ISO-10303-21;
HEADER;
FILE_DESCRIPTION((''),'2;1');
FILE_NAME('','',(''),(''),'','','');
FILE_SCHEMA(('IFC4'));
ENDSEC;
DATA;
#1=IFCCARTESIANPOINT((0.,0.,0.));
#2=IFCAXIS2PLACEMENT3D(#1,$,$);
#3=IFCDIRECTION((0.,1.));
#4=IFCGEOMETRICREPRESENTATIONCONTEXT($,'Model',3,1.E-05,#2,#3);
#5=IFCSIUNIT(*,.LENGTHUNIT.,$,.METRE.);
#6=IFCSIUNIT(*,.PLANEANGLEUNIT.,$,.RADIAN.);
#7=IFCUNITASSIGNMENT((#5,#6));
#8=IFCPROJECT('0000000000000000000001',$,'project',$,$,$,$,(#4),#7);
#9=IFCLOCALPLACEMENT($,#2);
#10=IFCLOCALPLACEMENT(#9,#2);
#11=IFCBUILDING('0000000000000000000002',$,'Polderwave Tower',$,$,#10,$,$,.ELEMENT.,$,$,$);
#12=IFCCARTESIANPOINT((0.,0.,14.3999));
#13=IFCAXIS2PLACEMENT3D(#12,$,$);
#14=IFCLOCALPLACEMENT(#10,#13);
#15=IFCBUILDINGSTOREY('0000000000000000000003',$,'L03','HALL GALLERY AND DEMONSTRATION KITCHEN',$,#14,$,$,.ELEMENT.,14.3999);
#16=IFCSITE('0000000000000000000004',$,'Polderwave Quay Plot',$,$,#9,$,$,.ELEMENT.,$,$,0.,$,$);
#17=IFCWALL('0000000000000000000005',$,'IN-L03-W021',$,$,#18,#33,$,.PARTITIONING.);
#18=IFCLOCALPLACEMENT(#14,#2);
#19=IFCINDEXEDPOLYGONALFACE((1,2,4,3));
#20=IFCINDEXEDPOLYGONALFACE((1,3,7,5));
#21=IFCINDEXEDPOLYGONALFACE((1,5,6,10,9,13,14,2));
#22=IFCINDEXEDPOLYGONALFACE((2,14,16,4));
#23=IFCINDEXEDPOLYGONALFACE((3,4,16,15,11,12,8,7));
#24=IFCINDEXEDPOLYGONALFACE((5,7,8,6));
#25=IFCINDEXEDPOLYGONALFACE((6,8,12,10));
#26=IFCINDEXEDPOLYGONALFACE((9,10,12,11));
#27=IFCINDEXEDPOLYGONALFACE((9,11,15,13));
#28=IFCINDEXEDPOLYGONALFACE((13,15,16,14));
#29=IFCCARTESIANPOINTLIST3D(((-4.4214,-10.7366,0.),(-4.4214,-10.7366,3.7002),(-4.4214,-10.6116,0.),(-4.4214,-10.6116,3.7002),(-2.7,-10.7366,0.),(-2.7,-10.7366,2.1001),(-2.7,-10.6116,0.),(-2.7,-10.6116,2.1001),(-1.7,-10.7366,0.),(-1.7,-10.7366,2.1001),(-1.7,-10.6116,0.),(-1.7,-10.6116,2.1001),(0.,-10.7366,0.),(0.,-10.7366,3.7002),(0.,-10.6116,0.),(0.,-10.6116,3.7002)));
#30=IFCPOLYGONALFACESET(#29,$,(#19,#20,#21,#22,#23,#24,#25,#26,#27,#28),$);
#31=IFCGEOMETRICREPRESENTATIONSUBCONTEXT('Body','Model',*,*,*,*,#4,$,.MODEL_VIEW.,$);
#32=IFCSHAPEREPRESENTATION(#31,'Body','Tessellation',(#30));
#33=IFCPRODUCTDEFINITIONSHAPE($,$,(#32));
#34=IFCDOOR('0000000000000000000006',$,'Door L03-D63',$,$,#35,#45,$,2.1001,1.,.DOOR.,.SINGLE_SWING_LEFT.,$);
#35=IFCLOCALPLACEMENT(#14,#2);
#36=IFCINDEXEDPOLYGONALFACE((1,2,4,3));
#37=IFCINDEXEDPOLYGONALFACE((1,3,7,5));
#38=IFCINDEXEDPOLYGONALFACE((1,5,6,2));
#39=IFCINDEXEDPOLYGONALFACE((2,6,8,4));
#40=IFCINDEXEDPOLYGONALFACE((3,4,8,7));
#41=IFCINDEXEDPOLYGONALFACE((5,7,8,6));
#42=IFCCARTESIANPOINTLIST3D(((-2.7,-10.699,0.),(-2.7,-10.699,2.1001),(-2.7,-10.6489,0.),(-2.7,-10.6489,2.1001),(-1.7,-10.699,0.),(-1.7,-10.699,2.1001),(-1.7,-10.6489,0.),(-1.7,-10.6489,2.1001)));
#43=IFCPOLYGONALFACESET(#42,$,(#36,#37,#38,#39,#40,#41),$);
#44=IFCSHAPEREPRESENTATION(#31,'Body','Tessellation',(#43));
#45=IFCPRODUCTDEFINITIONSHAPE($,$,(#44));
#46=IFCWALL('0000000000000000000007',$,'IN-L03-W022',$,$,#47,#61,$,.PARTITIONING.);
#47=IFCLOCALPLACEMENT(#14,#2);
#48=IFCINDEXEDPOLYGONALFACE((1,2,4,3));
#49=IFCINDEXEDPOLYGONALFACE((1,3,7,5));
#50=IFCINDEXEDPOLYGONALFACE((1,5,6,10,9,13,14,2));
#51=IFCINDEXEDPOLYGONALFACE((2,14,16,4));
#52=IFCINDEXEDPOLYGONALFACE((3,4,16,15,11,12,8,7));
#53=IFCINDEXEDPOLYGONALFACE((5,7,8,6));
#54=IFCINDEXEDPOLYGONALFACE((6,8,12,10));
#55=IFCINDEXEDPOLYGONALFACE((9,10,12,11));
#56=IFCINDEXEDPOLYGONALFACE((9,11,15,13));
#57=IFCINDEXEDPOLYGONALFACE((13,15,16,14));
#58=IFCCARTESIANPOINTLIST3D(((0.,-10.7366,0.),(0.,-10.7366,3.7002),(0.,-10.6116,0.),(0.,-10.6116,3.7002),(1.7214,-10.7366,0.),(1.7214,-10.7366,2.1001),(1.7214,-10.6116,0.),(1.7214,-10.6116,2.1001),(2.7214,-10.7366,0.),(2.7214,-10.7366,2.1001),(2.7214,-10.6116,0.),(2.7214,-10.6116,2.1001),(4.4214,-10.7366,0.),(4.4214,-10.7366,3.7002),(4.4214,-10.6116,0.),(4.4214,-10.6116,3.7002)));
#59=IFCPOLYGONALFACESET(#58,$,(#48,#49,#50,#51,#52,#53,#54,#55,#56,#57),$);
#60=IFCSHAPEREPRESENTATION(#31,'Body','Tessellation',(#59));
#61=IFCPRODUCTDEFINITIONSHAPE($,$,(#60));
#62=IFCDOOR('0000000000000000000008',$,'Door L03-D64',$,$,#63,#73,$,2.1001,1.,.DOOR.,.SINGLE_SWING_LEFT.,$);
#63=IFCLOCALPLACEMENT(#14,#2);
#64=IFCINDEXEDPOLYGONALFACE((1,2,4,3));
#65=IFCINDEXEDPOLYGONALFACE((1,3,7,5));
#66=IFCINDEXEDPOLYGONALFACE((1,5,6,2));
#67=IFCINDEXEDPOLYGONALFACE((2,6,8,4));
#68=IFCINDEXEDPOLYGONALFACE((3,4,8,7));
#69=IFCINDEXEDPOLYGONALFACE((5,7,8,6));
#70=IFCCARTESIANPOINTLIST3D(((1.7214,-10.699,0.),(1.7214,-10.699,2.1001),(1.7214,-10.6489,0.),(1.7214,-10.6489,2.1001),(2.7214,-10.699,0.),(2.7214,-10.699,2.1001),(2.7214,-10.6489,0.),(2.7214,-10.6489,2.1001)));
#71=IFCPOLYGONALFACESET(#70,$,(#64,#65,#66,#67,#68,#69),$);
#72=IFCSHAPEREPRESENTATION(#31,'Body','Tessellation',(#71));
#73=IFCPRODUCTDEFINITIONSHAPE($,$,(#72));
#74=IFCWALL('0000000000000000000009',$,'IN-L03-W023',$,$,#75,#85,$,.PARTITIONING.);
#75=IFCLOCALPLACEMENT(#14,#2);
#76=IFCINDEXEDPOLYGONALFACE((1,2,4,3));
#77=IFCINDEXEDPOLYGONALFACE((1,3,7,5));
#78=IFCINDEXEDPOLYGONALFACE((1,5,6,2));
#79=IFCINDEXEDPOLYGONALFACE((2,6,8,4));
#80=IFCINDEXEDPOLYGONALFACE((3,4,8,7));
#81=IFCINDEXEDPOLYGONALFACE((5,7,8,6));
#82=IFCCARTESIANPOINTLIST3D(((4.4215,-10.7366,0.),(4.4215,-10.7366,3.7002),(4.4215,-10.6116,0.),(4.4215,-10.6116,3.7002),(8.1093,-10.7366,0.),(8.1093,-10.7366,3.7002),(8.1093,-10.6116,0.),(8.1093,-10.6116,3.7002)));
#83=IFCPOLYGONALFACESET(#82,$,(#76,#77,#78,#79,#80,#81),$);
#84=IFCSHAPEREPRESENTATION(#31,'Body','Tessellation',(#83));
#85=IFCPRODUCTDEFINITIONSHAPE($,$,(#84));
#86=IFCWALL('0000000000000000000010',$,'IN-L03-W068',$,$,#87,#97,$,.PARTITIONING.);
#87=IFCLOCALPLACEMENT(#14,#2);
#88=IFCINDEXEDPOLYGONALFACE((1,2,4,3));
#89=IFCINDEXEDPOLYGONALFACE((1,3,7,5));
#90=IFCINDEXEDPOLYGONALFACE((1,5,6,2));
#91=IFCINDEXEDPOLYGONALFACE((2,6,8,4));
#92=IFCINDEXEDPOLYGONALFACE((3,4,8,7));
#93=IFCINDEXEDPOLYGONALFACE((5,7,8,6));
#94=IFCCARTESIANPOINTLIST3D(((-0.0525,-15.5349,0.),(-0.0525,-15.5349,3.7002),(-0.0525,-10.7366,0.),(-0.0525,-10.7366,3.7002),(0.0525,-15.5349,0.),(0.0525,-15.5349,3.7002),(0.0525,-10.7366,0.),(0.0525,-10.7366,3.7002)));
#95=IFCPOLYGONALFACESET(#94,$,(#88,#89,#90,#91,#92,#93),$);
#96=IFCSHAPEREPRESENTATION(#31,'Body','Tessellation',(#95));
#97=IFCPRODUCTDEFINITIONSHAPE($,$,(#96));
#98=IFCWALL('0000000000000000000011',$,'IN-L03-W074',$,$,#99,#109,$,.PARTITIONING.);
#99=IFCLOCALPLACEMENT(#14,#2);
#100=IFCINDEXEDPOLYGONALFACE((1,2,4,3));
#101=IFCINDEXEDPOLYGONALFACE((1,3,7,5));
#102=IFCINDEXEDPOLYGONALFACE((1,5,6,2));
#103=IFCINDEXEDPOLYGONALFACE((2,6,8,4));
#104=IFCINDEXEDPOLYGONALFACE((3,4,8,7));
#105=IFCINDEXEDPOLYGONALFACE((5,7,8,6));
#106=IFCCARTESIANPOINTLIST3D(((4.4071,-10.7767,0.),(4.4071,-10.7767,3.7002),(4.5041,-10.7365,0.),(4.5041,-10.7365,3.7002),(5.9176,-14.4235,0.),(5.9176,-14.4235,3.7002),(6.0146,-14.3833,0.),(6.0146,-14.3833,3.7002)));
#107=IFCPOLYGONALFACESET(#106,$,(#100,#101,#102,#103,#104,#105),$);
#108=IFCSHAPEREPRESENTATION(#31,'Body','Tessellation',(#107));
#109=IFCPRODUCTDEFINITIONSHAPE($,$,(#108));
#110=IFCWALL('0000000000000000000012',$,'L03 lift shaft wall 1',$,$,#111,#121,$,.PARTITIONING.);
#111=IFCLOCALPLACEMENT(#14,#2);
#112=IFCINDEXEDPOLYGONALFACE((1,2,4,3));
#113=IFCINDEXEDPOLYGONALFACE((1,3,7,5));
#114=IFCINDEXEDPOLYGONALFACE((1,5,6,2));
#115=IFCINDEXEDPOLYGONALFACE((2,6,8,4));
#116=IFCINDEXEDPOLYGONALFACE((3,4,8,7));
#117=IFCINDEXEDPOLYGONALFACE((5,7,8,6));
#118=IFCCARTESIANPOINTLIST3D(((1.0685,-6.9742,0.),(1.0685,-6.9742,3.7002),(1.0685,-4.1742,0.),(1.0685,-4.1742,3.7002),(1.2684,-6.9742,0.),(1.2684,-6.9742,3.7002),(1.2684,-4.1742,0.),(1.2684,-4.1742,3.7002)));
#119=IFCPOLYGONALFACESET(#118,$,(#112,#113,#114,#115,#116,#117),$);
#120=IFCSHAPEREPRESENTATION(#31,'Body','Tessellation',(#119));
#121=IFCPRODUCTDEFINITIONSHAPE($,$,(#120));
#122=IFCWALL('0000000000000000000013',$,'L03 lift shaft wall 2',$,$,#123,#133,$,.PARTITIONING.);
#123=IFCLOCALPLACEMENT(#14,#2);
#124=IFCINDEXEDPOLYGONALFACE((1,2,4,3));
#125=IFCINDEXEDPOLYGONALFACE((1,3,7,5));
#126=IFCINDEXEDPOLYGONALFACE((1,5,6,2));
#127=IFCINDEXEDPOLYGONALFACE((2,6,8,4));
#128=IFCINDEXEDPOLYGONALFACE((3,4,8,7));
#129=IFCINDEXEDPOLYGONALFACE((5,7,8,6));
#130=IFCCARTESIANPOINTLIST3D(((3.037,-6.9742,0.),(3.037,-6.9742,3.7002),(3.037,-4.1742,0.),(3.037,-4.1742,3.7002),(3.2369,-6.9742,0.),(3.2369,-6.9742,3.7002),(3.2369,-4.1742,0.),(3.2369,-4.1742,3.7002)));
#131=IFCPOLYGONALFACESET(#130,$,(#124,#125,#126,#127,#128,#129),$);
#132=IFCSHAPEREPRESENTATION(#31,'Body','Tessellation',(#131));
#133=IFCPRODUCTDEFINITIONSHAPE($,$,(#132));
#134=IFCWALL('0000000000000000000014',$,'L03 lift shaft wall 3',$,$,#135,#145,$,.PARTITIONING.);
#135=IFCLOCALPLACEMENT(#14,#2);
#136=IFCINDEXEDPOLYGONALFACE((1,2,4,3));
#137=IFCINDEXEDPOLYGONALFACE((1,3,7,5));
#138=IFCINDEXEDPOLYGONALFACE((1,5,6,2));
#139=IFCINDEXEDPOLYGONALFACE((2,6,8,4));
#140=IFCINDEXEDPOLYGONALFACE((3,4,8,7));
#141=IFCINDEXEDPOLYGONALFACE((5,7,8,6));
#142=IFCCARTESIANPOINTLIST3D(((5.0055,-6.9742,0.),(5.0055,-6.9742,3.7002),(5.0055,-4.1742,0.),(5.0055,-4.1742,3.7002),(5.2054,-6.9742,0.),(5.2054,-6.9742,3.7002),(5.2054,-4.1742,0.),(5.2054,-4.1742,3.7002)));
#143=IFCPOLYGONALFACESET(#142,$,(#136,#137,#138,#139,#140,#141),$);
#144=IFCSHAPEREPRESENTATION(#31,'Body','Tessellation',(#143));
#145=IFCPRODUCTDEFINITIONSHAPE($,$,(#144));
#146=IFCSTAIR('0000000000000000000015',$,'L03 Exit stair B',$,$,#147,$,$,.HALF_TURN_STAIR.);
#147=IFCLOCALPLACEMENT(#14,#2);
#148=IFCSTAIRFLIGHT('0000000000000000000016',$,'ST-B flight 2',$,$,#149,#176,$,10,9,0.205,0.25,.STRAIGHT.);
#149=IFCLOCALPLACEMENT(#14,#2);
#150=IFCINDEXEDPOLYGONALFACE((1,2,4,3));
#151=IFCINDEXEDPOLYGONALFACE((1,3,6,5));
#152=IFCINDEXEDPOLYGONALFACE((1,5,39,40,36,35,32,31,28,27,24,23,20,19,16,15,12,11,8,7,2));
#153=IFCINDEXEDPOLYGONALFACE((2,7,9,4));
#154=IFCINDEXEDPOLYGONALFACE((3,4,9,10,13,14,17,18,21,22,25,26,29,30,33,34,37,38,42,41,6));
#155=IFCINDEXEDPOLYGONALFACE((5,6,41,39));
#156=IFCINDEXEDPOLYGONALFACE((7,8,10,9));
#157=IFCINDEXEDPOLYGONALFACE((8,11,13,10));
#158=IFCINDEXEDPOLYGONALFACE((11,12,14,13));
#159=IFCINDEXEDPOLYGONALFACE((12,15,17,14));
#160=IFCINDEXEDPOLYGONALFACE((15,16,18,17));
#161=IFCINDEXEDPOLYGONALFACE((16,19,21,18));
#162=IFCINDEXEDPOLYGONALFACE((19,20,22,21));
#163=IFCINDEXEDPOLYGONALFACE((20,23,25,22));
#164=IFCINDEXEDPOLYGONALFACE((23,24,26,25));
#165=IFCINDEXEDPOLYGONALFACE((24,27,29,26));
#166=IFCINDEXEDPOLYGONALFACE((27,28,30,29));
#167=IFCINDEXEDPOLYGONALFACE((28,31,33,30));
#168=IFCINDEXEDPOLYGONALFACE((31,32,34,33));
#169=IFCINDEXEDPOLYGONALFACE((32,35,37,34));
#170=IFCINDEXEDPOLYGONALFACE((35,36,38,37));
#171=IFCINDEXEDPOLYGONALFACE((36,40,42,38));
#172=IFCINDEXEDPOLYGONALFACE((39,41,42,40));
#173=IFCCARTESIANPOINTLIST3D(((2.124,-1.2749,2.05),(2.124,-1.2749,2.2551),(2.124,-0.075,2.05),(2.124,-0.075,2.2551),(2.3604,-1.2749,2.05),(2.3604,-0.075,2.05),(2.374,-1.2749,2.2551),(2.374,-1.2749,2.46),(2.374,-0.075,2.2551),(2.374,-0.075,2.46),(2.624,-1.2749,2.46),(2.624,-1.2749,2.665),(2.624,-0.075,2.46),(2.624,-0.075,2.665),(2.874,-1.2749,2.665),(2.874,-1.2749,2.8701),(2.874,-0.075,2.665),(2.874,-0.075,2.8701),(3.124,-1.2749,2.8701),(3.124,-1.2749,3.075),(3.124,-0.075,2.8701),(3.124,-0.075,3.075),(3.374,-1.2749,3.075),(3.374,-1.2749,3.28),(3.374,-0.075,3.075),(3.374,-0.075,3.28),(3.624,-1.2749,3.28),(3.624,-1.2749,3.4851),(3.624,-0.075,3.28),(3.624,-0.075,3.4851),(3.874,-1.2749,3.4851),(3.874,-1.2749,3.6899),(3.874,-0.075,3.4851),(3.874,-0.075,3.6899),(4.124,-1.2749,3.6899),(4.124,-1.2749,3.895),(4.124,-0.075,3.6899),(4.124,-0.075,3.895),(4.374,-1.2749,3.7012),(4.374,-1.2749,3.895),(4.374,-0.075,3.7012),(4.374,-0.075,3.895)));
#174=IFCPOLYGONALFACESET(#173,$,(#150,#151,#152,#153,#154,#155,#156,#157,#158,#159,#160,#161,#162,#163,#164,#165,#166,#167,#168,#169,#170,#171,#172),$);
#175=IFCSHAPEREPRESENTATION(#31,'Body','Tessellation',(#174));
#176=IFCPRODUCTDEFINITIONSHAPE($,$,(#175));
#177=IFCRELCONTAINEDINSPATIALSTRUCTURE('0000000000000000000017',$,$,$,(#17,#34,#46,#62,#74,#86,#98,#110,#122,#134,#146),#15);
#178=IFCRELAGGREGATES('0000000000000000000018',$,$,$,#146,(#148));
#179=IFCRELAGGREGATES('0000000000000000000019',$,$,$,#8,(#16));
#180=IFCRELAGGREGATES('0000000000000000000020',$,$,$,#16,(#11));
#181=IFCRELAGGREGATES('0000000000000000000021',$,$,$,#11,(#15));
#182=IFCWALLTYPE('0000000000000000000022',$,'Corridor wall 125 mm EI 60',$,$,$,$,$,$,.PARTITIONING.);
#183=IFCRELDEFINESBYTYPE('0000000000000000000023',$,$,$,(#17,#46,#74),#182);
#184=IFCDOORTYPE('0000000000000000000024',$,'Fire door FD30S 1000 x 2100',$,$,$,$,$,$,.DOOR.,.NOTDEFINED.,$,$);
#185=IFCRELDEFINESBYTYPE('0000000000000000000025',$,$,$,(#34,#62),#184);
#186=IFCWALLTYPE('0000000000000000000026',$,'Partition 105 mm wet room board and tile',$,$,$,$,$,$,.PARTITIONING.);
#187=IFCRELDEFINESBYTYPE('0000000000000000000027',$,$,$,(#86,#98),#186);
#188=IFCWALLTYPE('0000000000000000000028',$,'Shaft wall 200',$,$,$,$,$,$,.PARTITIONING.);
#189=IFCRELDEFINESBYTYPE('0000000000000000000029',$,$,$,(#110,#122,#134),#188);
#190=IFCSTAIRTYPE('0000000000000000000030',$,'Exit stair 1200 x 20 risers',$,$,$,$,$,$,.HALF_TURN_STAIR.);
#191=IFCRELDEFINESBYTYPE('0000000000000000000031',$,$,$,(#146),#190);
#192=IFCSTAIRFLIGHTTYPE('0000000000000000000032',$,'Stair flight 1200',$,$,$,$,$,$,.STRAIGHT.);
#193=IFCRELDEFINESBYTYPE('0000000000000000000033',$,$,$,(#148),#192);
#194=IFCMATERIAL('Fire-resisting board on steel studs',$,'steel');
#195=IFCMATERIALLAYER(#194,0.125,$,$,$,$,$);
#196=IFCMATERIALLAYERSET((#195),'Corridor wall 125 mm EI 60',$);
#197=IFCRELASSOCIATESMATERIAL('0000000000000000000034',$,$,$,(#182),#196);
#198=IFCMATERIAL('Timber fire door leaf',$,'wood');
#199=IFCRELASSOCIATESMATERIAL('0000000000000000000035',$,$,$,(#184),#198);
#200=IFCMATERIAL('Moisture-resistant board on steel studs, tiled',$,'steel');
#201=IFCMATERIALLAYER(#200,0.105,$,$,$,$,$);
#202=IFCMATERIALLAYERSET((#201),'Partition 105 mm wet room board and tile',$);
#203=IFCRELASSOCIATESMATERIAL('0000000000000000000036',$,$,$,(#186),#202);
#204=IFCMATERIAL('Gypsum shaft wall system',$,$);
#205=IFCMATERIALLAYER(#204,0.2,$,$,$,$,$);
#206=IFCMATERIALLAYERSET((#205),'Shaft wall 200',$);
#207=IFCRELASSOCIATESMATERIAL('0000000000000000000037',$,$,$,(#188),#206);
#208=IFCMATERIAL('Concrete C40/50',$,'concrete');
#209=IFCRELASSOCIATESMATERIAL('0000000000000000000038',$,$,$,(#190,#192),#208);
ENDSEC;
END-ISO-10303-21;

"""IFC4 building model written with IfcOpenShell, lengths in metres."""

from ifc_helpers import new_model, si_unit, direction, frame, frame_2d, origin, place, context, subcontext, project, spatial, polyline, rectangle, outline, extrude, material, layer, layer_set, type_object, element, fill, aggregate, save


model = new_model("IFC4")

# Units and contexts
model_context = context("Model", 3, precision=1e-05, world=origin(), true_north=direction((0.0, 1.0)))
body_context = subcontext(model_context, "Body", "Model", "MODEL_VIEW")
ifc_project = project(units=[si_unit("LENGTHUNIT", "METRE"), si_unit("PLANEANGLEUNIT", "RADIAN")], contexts=[model_context])

# Site, building, storey
site_placement = place(None, origin())
site = spatial("IfcSite", under=ifc_project, at=site_placement, Name="Polderwave Quay Plot", CompositionType="ELEMENT", RefElevation=0.0)
building_placement = place(site_placement, origin())
building = spatial("IfcBuilding", under=site, at=building_placement, Name="Polderwave Tower", CompositionType="ELEMENT")
storey_placement = place(building_placement, frame((0.0, 0.0, 14.3999)))
storey = spatial("IfcBuildingStorey", under=building, at=storey_placement, Name="L03", Description="HALL GALLERY AND DEMONSTRATION KITCHEN", CompositionType="ELEMENT", Elevation=14.3999)

# Walls, openings, doors
ifc_material_1 = material(Name="Fire-resisting board on steel studs", Category="steel")
ifc_layer_1 = layer(ifc_material_1, 0.125)
ifc_layer_set_1 = layer_set([ifc_layer_1], Name="Corridor wall 125 mm EI 60")
wall_type_1 = type_object("IfcWallType", Name="Corridor wall 125 mm EI 60", PredefinedType="PARTITIONING", material=ifc_layer_set_1)
wall_1_placement = place(storey_placement, frame((0.0, -10.6741, 0.0), z_axis=(0.0, 0.0, 1.0), x_axis=(-1.0, 0.0, 0.0)))
wall_1 = element("IfcWall", 1, at=wall_1_placement, inside=storey, type_object=wall_type_1, Name="IN-L03-W021", PredefinedType="PARTITIONING", context=body_context, shape_type="SweptSolid", body=[
    extrude(rectangle(XDim=4.4214, YDim=0.125, at=frame_2d((2.2107, 0.0))), origin(), (0.0, 0.0, 1.0), 3.7002),
])
opening_1_placement = place(wall_1_placement, frame((1.7, 0.0, 0.0)))
opening_1 = element("IfcOpeningElement", 2, at=opening_1_placement, cuts=wall_1, PredefinedType="OPENING", context=body_context, shape_type="SweptSolid", body=[
    extrude(rectangle(XDim=1.0, YDim=2.1001, at=frame_2d((0.5, 1.05))), frame((0.0, 0.0725, 0.0), z_axis=(0.0, -1.0, 0.0), x_axis=(1.0, 0.0, 0.0)), (0.0, 0.0, 1.0), 0.145),
])
ifc_material_2 = material(Name="Timber fire door leaf", Category="wood")
door_type_1 = type_object("IfcDoorType", Name="Fire door FD30S 1000 x 2100", OperationType="NOTDEFINED", PredefinedType="DOOR", material=ifc_material_2)
door_1_placement = place(opening_1_placement, origin())
door_1 = element("IfcDoor", 3, at=door_1_placement, inside=storey, type_object=door_type_1, Name="Door L03-D63", OperationType="SINGLE_SWING_LEFT", OverallHeight=2.1001, OverallWidth=1.0, PredefinedType="DOOR", context=body_context, shape_type="SweptSolid", body=[
    extrude(rectangle(XDim=1.0, YDim=2.1001, at=frame_2d((0.5, 1.05))), frame((0.0, 0.0249, 0.0), z_axis=(0.0, -1.0, 0.0), x_axis=(1.0, 0.0, 0.0)), (0.0, 0.0, 1.0), 0.05),
])
fill(opening_1, door_1)
wall_2_placement = place(storey_placement, frame((4.4214, -10.6741, 0.0), z_axis=(0.0, 0.0, 1.0), x_axis=(-1.0, 0.0, 0.0)))
wall_2 = element("IfcWall", 4, at=wall_2_placement, inside=storey, type_object=wall_type_1, Name="IN-L03-W022", PredefinedType="PARTITIONING", context=body_context, shape_type="SweptSolid", body=[
    extrude(rectangle(XDim=4.4214, YDim=0.125, at=frame_2d((2.2107, 0.0))), origin(), (0.0, 0.0, 1.0), 3.7002),
])
opening_2_placement = place(wall_2_placement, frame((1.7, 0.0, 0.0)))
opening_2 = element("IfcOpeningElement", 5, at=opening_2_placement, cuts=wall_2, PredefinedType="OPENING", context=body_context, shape_type="SweptSolid", body=[
    extrude(rectangle(XDim=1.0, YDim=2.1001, at=frame_2d((0.5, 1.05))), frame((0.0, 0.0725, 0.0), z_axis=(0.0, -1.0, 0.0), x_axis=(1.0, 0.0, 0.0)), (0.0, 0.0, 1.0), 0.145),
])
door_2_placement = place(opening_2_placement, origin())
door_2 = element("IfcDoor", 6, at=door_2_placement, inside=storey, type_object=door_type_1, Name="Door L03-D64", OperationType="SINGLE_SWING_LEFT", OverallHeight=2.1001, OverallWidth=1.0, PredefinedType="DOOR", context=body_context, shape_type="SweptSolid", body=[
    extrude(rectangle(XDim=1.0, YDim=2.1001, at=frame_2d((0.5, 1.05))), frame((0.0, 0.0249, 0.0), z_axis=(0.0, -1.0, 0.0), x_axis=(1.0, 0.0, 0.0)), (0.0, 0.0, 1.0), 0.05),
])
fill(opening_2, door_2)

# Walls
wall_3_placement = place(storey_placement, frame((8.1091, -10.6741, 0.0), z_axis=(0.0, 0.0, 1.0), x_axis=(-1.0, 0.0, 0.0)))
element("IfcWall", 7, at=wall_3_placement, inside=storey, type_object=wall_type_1, Name="IN-L03-W023", PredefinedType="PARTITIONING", context=body_context, shape_type="SweptSolid", body=[
    extrude(rectangle(XDim=3.6877, YDim=0.125, at=frame_2d((1.8438, 0.0))), origin(), (0.0, 0.0, 1.0), 3.7002),
])
ifc_material_3 = material(Name="Moisture-resistant board on steel studs, tiled", Category="steel")
ifc_layer_2 = layer(ifc_material_3, 0.105)
ifc_layer_set_2 = layer_set([ifc_layer_2], Name="Partition 105 mm wet room board and tile")
wall_type_2 = type_object("IfcWallType", Name="Partition 105 mm wet room board and tile", PredefinedType="PARTITIONING", material=ifc_layer_set_2)
wall_4_placement = place(storey_placement, frame((0.0, -10.7366, 0.0), z_axis=(0.0, 0.0, 1.0), x_axis=(0.0, -1.0, 0.0)))
element("IfcWall", 8, at=wall_4_placement, inside=storey, type_object=wall_type_2, Name="IN-L03-W068", PredefinedType="PARTITIONING", context=body_context, shape_type="SweptSolid", body=[
    extrude(rectangle(XDim=4.7983, YDim=0.105, at=frame_2d((2.3992, 0.0))), origin(), (0.0, 0.0, 1.0), 3.7002),
])
wall_5_placement = place(storey_placement, frame((4.4556, -10.7566, 0.0), z_axis=(0.0, 0.0, 1.0), x_axis=(0.382678, -0.923882, 0.0)))
element("IfcWall", 9, at=wall_5_placement, inside=storey, type_object=wall_type_2, Name="IN-L03-W074", PredefinedType="PARTITIONING", context=body_context, shape_type="SweptSolid", body=[
    extrude(rectangle(XDim=3.9473, YDim=0.105, at=frame_2d((1.9736, 0.0))), origin(), (0.0, 0.0, 1.0), 3.7002),
])
ifc_material_4 = material(Name="Gypsum shaft wall system")
ifc_layer_3 = layer(ifc_material_4, 0.2)
ifc_layer_set_3 = layer_set([ifc_layer_3], Name="Shaft wall 200")
wall_type_3 = type_object("IfcWallType", Name="Shaft wall 200", PredefinedType="PARTITIONING", material=ifc_layer_set_3)
for number, where, z_axis, x_axis, name in (
    (10, (1.1685, -6.9741, 0.0), (0.0, 0.0, 1.0), (0.0, 1.0, 0.0), "L03 lift shaft wall 1"),
    (11, (3.137, -6.9741, 0.0), (0.0, 0.0, 1.0), (0.0, 1.0, 0.0), "L03 lift shaft wall 2"),
    (12, (5.1055, -6.9741, 0.0), (0.0, 0.0, 1.0), (0.0, 1.0, 0.0), "L03 lift shaft wall 3"),
):
    element("IfcWall", number, at=place(storey_placement, frame(where, z_axis=z_axis, x_axis=x_axis)), inside=storey, type_object=wall_type_3, Name=name, PredefinedType="PARTITIONING", context=body_context, shape_type="SweptSolid", body=[
        extrude(rectangle(XDim=2.8, YDim=0.2, at=frame_2d((1.3999, 0.0))), origin(), (0.0, 0.0, 1.0), 3.7002),
    ])

# Stair, stair flight
ifc_material_5 = material(Name="Concrete C40/50", Category="concrete")
stair_type = type_object("IfcStairType", Name="Exit stair 1200 x 20 risers", PredefinedType="HALF_TURN_STAIR", material=ifc_material_5)
stair_placement = place(storey_placement, origin())
stair = element("IfcStair", 13, at=stair_placement, inside=storey, type_object=stair_type, Name="L03 Exit stair B", PredefinedType="HALF_TURN_STAIR")
stair_flight_type = type_object("IfcStairFlightType", Name="Stair flight 1200", PredefinedType="STRAIGHT", material=ifc_material_5)
stair_flight_placement = place(storey_placement, frame((2.124, -0.675, 2.05), z_axis=(0.0, 0.0, 1.0), x_axis=(1.0, 0.0, 0.0)))
stair_flight = element("IfcStairFlight", 14, at=stair_flight_placement, type_object=stair_flight_type, Name="ST-B flight 2", NumberOfRisers=10, NumberOfTreads=9, PredefinedType="STRAIGHT", RiserHeight=0.205, TreadLength=0.25, context=body_context, shape_type="SweptSolid", body=[
    extrude(outline(polyline([(0.0, 0.0), (0.0, 0.2051), (0.25, 0.2051), (0.25, 0.4099), (0.5, 0.4099), (0.5, 0.615), (0.75, 0.615), (0.75, 0.8201), (1.0, 0.8201), (1.0, 1.0249), (1.25, 1.0249), (1.25, 1.23), (1.5, 1.23), (1.5, 1.4351), (1.75, 1.4351), (1.75, 1.6399), (2.0, 1.6399), (2.0, 1.845), (2.25, 1.845), (2.25, 2.05), (2.25, 1.6511), (0.2363, 0.0), (0.0, 0.0)])), frame((0.0, 0.6001, 0.0), z_axis=(0.0, -1.0, 0.0), x_axis=(1.0, 0.0, 0.0)), (0.0, 0.0, 1.0), 1.2),
])
aggregate(stair, [stair_flight])

save(model, "model.ifc")
